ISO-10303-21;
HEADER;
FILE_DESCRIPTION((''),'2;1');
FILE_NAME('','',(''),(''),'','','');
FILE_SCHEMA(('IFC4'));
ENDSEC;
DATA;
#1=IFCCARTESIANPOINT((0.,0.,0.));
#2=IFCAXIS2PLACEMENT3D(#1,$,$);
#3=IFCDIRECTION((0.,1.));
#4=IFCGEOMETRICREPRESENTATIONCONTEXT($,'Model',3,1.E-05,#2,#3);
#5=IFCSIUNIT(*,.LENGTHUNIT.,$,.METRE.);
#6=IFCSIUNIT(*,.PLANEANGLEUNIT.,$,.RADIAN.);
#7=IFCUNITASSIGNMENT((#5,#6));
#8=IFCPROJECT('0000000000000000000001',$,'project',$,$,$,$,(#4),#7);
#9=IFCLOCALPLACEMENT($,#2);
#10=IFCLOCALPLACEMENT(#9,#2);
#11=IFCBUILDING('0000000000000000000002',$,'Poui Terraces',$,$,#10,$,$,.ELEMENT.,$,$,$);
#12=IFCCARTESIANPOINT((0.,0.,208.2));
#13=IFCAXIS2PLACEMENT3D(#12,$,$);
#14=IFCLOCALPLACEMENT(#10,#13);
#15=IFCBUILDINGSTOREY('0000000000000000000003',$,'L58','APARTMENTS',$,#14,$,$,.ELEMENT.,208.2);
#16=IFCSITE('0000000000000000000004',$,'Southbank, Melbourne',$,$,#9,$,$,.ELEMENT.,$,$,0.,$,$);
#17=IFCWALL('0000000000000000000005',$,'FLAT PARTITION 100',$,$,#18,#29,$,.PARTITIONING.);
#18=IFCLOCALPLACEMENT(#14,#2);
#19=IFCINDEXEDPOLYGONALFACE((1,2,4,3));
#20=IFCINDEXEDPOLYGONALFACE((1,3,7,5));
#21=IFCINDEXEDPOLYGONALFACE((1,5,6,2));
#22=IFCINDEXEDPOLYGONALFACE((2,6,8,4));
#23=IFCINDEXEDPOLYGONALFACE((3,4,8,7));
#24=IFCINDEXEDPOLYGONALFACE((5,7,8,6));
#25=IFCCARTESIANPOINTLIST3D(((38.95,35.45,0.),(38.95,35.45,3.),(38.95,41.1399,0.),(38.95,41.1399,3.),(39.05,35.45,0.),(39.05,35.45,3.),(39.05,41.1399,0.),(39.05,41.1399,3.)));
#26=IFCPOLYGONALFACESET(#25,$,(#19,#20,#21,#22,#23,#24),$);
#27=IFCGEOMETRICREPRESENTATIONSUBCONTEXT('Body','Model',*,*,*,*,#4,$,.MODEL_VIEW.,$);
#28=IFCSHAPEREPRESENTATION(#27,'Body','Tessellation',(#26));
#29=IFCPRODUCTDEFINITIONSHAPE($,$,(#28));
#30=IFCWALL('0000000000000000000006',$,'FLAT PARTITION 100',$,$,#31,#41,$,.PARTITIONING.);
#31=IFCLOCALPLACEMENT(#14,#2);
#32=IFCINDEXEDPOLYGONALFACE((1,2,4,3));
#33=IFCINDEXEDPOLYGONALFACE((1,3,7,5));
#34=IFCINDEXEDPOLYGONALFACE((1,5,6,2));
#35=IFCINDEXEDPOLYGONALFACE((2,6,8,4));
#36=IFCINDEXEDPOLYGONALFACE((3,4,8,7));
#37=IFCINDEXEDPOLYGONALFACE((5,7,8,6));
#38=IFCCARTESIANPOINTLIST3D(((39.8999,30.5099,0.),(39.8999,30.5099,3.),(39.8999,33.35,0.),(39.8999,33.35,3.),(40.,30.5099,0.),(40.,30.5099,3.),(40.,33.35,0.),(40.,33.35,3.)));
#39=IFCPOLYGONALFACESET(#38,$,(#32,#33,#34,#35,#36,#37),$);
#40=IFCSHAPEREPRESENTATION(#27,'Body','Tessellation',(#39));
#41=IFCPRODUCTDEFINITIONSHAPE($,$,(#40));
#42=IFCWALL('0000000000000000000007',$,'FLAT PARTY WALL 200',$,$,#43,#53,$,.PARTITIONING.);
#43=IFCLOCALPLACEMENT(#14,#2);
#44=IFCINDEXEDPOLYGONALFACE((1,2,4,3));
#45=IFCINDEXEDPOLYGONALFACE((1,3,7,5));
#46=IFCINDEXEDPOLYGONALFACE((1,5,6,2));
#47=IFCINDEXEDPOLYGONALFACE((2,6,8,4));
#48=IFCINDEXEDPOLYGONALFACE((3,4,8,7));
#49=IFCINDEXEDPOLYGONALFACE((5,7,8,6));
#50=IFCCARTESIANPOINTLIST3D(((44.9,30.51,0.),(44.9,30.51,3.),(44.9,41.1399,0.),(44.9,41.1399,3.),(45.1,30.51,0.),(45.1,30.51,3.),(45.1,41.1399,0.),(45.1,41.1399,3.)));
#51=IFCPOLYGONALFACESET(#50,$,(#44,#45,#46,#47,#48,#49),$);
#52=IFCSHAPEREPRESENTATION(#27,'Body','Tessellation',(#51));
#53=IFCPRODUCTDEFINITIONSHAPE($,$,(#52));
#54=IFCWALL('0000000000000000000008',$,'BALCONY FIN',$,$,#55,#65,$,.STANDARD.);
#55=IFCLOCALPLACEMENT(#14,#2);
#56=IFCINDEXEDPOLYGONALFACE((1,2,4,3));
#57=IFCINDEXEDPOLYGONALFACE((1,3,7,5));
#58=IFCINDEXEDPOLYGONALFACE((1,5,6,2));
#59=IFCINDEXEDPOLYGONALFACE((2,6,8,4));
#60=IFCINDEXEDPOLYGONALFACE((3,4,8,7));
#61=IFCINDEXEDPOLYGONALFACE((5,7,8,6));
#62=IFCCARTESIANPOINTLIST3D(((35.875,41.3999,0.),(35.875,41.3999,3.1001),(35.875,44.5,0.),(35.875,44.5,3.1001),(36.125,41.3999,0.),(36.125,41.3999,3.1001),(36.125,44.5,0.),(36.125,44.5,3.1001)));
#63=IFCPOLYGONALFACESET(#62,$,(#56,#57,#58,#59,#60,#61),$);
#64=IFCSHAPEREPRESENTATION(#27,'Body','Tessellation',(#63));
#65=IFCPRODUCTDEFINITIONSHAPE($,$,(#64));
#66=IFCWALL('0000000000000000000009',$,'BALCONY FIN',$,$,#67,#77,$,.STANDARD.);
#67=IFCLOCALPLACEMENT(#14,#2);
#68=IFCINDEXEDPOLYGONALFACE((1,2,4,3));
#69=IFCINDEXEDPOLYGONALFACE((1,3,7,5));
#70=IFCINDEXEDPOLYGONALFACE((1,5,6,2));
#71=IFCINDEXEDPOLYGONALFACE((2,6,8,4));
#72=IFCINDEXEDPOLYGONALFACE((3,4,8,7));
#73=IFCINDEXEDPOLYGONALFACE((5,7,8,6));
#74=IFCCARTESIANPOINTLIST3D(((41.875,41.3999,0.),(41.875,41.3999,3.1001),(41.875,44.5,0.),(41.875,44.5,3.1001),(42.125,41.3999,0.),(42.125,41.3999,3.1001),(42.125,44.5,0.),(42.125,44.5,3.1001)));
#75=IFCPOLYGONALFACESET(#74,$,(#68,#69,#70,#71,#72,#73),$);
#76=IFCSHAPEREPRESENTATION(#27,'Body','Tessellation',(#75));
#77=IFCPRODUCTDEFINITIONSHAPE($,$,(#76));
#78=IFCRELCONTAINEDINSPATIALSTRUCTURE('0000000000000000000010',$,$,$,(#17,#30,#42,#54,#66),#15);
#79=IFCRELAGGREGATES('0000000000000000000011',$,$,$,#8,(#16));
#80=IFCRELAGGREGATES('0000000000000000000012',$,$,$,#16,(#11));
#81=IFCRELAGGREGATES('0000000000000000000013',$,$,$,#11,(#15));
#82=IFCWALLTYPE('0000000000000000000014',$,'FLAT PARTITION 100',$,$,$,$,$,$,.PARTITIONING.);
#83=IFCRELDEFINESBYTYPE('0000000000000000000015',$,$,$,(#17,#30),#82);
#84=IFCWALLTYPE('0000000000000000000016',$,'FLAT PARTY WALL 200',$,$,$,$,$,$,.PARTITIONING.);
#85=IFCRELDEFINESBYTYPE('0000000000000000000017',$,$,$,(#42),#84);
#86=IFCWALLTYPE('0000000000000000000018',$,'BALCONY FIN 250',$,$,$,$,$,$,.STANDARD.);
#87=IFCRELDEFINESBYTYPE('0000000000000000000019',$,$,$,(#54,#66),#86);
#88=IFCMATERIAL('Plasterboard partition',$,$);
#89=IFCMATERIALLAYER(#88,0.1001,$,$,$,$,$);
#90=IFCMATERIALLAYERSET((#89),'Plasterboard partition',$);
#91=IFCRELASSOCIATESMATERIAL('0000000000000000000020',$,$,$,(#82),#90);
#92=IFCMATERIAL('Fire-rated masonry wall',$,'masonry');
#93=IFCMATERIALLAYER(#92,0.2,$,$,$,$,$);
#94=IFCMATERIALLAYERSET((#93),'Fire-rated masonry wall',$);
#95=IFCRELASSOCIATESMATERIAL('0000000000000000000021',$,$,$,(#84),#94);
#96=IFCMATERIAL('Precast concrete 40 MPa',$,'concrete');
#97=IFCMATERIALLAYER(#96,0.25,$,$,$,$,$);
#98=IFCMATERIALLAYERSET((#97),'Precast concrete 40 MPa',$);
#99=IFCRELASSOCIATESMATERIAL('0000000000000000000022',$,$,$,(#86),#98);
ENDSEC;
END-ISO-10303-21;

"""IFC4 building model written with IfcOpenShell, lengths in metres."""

from ifc_helpers import new_model, si_unit, direction, frame, frame_2d, origin, place, context, subcontext, project, spatial, polyline, rectangle, outline, extrude, source, transform, mapped, material, layer, layer_set, type_object, element, save


model = new_model("IFC4")

# Units and contexts
model_context = context("Model", 3, precision=1e-05, world=origin(), true_north=direction((0.0, 1.0)))
body_context = subcontext(model_context, "Body", "Model", "MODEL_VIEW")
ifc_project = project(units=[si_unit("LENGTHUNIT", "METRE"), si_unit("PLANEANGLEUNIT", "RADIAN")], contexts=[model_context])

# Site, building, storey
site_placement = place(None, origin())
site = spatial("IfcSite", under=ifc_project, at=site_placement, Name="Southbank, Melbourne", CompositionType="ELEMENT", RefElevation=0.0)
building_placement = place(site_placement, origin())
building = spatial("IfcBuilding", under=site, at=building_placement, Name="Poui Terraces", CompositionType="ELEMENT")
storey_placement = place(building_placement, frame((0.0, 0.0, 208.2)))
storey = spatial("IfcBuildingStorey", under=building, at=storey_placement, Name="L58", Description="APARTMENTS", CompositionType="ELEMENT", Elevation=208.2)

# Shared definitions
ifc_material_1 = material(Name="Plasterboard partition")
ifc_layer_1 = layer(ifc_material_1, 0.1001)
ifc_layer_set_1 = layer_set([ifc_layer_1], Name="Plasterboard partition")
wall_type_1 = type_object("IfcWallType", Name="FLAT PARTITION 100", PredefinedType="PARTITIONING", material=ifc_layer_set_1)

# Walls
wall_1_placement = place(storey_placement, frame((39.0, 35.45, 0.0), z_axis=(0.0, 0.0, 1.0), x_axis=(0.0, 1.0, 0.0)))
element("IfcWall", 1, at=wall_1_placement, inside=storey, type_object=wall_type_1, Name="FLAT PARTITION 100", PredefinedType="PARTITIONING", context=body_context, shape_type="SweptSolid", body=[
    extrude(rectangle(XDim=5.6899, YDim=0.1001, at=frame_2d((2.845, 0.0))), origin(), (0.0, 0.0, 1.0), 3.0),
])
wall_2_placement = place(storey_placement, frame((39.95, 30.51, 0.0), z_axis=(0.0, 0.0, 1.0), x_axis=(0.0, 1.0, 0.0)))
element("IfcWall", 2, at=wall_2_placement, inside=storey, type_object=wall_type_1, Name="FLAT PARTITION 100", PredefinedType="PARTITIONING", context=body_context, shape_type="SweptSolid", body=[
    extrude(rectangle(XDim=2.8401, YDim=0.1001, at=frame_2d((1.4199, 0.0))), origin(), (0.0, 0.0, 1.0), 3.0),
])
ifc_material_2 = material(Name="Fire-rated masonry wall", Category="masonry")
ifc_layer_2 = layer(ifc_material_2, 0.2)
ifc_layer_set_2 = layer_set([ifc_layer_2], Name="Fire-rated masonry wall")
wall_type_2 = type_object("IfcWallType", Name="FLAT PARTY WALL 200", PredefinedType="PARTITIONING", material=ifc_layer_set_2)
wall_3_placement = place(storey_placement, frame((45.0, 30.51, 0.0), z_axis=(0.0, 0.0, 1.0), x_axis=(0.0, 1.0, 0.0)))
element("IfcWall", 3, at=wall_3_placement, inside=storey, type_object=wall_type_2, Name="FLAT PARTY WALL 200", PredefinedType="PARTITIONING", context=body_context, shape_type="SweptSolid", body=[
    extrude(rectangle(XDim=10.6299, YDim=0.2, at=frame_2d((5.3149, 0.0))), origin(), (0.0, 0.0, 1.0), 3.0),
])
ifc_material_3 = material(Name="Precast concrete 40 MPa", Category="concrete")
ifc_layer_3 = layer(ifc_material_3, 0.25)
ifc_layer_set_3 = layer_set([ifc_layer_3], Name="Precast concrete 40 MPa")
wall_type_3 = type_object("IfcWallType", Name="BALCONY FIN 250", PredefinedType="STANDARD", material=ifc_layer_set_3)
shared_shape_1 = source(origin(), body_context, "Body", "SweptSolid", [
    extrude(outline(polyline([(0.0, 0.0), (0.25, 0.0), (0.25, 3.1001), (0.0, 3.1001), (0.0, 0.0)])), origin(), (0.0, 0.0, 1.0), 3.1001),
])
for number, where, name in (
    (4, (35.875, 41.3999, 0.0), "BALCONY FIN"),
    (5, (41.875, 41.3999, 0.0), "BALCONY FIN"),
):
    element("IfcWall", number, at=place(storey_placement, frame(where)), inside=storey, type_object=wall_type_3, Name=name, PredefinedType="STANDARD", context=body_context, shape_type="MappedRepresentation", body=[
        mapped(shared_shape_1, transform((0.0, 0.0, 0.0))),
    ])

save(model, "model.ifc")
